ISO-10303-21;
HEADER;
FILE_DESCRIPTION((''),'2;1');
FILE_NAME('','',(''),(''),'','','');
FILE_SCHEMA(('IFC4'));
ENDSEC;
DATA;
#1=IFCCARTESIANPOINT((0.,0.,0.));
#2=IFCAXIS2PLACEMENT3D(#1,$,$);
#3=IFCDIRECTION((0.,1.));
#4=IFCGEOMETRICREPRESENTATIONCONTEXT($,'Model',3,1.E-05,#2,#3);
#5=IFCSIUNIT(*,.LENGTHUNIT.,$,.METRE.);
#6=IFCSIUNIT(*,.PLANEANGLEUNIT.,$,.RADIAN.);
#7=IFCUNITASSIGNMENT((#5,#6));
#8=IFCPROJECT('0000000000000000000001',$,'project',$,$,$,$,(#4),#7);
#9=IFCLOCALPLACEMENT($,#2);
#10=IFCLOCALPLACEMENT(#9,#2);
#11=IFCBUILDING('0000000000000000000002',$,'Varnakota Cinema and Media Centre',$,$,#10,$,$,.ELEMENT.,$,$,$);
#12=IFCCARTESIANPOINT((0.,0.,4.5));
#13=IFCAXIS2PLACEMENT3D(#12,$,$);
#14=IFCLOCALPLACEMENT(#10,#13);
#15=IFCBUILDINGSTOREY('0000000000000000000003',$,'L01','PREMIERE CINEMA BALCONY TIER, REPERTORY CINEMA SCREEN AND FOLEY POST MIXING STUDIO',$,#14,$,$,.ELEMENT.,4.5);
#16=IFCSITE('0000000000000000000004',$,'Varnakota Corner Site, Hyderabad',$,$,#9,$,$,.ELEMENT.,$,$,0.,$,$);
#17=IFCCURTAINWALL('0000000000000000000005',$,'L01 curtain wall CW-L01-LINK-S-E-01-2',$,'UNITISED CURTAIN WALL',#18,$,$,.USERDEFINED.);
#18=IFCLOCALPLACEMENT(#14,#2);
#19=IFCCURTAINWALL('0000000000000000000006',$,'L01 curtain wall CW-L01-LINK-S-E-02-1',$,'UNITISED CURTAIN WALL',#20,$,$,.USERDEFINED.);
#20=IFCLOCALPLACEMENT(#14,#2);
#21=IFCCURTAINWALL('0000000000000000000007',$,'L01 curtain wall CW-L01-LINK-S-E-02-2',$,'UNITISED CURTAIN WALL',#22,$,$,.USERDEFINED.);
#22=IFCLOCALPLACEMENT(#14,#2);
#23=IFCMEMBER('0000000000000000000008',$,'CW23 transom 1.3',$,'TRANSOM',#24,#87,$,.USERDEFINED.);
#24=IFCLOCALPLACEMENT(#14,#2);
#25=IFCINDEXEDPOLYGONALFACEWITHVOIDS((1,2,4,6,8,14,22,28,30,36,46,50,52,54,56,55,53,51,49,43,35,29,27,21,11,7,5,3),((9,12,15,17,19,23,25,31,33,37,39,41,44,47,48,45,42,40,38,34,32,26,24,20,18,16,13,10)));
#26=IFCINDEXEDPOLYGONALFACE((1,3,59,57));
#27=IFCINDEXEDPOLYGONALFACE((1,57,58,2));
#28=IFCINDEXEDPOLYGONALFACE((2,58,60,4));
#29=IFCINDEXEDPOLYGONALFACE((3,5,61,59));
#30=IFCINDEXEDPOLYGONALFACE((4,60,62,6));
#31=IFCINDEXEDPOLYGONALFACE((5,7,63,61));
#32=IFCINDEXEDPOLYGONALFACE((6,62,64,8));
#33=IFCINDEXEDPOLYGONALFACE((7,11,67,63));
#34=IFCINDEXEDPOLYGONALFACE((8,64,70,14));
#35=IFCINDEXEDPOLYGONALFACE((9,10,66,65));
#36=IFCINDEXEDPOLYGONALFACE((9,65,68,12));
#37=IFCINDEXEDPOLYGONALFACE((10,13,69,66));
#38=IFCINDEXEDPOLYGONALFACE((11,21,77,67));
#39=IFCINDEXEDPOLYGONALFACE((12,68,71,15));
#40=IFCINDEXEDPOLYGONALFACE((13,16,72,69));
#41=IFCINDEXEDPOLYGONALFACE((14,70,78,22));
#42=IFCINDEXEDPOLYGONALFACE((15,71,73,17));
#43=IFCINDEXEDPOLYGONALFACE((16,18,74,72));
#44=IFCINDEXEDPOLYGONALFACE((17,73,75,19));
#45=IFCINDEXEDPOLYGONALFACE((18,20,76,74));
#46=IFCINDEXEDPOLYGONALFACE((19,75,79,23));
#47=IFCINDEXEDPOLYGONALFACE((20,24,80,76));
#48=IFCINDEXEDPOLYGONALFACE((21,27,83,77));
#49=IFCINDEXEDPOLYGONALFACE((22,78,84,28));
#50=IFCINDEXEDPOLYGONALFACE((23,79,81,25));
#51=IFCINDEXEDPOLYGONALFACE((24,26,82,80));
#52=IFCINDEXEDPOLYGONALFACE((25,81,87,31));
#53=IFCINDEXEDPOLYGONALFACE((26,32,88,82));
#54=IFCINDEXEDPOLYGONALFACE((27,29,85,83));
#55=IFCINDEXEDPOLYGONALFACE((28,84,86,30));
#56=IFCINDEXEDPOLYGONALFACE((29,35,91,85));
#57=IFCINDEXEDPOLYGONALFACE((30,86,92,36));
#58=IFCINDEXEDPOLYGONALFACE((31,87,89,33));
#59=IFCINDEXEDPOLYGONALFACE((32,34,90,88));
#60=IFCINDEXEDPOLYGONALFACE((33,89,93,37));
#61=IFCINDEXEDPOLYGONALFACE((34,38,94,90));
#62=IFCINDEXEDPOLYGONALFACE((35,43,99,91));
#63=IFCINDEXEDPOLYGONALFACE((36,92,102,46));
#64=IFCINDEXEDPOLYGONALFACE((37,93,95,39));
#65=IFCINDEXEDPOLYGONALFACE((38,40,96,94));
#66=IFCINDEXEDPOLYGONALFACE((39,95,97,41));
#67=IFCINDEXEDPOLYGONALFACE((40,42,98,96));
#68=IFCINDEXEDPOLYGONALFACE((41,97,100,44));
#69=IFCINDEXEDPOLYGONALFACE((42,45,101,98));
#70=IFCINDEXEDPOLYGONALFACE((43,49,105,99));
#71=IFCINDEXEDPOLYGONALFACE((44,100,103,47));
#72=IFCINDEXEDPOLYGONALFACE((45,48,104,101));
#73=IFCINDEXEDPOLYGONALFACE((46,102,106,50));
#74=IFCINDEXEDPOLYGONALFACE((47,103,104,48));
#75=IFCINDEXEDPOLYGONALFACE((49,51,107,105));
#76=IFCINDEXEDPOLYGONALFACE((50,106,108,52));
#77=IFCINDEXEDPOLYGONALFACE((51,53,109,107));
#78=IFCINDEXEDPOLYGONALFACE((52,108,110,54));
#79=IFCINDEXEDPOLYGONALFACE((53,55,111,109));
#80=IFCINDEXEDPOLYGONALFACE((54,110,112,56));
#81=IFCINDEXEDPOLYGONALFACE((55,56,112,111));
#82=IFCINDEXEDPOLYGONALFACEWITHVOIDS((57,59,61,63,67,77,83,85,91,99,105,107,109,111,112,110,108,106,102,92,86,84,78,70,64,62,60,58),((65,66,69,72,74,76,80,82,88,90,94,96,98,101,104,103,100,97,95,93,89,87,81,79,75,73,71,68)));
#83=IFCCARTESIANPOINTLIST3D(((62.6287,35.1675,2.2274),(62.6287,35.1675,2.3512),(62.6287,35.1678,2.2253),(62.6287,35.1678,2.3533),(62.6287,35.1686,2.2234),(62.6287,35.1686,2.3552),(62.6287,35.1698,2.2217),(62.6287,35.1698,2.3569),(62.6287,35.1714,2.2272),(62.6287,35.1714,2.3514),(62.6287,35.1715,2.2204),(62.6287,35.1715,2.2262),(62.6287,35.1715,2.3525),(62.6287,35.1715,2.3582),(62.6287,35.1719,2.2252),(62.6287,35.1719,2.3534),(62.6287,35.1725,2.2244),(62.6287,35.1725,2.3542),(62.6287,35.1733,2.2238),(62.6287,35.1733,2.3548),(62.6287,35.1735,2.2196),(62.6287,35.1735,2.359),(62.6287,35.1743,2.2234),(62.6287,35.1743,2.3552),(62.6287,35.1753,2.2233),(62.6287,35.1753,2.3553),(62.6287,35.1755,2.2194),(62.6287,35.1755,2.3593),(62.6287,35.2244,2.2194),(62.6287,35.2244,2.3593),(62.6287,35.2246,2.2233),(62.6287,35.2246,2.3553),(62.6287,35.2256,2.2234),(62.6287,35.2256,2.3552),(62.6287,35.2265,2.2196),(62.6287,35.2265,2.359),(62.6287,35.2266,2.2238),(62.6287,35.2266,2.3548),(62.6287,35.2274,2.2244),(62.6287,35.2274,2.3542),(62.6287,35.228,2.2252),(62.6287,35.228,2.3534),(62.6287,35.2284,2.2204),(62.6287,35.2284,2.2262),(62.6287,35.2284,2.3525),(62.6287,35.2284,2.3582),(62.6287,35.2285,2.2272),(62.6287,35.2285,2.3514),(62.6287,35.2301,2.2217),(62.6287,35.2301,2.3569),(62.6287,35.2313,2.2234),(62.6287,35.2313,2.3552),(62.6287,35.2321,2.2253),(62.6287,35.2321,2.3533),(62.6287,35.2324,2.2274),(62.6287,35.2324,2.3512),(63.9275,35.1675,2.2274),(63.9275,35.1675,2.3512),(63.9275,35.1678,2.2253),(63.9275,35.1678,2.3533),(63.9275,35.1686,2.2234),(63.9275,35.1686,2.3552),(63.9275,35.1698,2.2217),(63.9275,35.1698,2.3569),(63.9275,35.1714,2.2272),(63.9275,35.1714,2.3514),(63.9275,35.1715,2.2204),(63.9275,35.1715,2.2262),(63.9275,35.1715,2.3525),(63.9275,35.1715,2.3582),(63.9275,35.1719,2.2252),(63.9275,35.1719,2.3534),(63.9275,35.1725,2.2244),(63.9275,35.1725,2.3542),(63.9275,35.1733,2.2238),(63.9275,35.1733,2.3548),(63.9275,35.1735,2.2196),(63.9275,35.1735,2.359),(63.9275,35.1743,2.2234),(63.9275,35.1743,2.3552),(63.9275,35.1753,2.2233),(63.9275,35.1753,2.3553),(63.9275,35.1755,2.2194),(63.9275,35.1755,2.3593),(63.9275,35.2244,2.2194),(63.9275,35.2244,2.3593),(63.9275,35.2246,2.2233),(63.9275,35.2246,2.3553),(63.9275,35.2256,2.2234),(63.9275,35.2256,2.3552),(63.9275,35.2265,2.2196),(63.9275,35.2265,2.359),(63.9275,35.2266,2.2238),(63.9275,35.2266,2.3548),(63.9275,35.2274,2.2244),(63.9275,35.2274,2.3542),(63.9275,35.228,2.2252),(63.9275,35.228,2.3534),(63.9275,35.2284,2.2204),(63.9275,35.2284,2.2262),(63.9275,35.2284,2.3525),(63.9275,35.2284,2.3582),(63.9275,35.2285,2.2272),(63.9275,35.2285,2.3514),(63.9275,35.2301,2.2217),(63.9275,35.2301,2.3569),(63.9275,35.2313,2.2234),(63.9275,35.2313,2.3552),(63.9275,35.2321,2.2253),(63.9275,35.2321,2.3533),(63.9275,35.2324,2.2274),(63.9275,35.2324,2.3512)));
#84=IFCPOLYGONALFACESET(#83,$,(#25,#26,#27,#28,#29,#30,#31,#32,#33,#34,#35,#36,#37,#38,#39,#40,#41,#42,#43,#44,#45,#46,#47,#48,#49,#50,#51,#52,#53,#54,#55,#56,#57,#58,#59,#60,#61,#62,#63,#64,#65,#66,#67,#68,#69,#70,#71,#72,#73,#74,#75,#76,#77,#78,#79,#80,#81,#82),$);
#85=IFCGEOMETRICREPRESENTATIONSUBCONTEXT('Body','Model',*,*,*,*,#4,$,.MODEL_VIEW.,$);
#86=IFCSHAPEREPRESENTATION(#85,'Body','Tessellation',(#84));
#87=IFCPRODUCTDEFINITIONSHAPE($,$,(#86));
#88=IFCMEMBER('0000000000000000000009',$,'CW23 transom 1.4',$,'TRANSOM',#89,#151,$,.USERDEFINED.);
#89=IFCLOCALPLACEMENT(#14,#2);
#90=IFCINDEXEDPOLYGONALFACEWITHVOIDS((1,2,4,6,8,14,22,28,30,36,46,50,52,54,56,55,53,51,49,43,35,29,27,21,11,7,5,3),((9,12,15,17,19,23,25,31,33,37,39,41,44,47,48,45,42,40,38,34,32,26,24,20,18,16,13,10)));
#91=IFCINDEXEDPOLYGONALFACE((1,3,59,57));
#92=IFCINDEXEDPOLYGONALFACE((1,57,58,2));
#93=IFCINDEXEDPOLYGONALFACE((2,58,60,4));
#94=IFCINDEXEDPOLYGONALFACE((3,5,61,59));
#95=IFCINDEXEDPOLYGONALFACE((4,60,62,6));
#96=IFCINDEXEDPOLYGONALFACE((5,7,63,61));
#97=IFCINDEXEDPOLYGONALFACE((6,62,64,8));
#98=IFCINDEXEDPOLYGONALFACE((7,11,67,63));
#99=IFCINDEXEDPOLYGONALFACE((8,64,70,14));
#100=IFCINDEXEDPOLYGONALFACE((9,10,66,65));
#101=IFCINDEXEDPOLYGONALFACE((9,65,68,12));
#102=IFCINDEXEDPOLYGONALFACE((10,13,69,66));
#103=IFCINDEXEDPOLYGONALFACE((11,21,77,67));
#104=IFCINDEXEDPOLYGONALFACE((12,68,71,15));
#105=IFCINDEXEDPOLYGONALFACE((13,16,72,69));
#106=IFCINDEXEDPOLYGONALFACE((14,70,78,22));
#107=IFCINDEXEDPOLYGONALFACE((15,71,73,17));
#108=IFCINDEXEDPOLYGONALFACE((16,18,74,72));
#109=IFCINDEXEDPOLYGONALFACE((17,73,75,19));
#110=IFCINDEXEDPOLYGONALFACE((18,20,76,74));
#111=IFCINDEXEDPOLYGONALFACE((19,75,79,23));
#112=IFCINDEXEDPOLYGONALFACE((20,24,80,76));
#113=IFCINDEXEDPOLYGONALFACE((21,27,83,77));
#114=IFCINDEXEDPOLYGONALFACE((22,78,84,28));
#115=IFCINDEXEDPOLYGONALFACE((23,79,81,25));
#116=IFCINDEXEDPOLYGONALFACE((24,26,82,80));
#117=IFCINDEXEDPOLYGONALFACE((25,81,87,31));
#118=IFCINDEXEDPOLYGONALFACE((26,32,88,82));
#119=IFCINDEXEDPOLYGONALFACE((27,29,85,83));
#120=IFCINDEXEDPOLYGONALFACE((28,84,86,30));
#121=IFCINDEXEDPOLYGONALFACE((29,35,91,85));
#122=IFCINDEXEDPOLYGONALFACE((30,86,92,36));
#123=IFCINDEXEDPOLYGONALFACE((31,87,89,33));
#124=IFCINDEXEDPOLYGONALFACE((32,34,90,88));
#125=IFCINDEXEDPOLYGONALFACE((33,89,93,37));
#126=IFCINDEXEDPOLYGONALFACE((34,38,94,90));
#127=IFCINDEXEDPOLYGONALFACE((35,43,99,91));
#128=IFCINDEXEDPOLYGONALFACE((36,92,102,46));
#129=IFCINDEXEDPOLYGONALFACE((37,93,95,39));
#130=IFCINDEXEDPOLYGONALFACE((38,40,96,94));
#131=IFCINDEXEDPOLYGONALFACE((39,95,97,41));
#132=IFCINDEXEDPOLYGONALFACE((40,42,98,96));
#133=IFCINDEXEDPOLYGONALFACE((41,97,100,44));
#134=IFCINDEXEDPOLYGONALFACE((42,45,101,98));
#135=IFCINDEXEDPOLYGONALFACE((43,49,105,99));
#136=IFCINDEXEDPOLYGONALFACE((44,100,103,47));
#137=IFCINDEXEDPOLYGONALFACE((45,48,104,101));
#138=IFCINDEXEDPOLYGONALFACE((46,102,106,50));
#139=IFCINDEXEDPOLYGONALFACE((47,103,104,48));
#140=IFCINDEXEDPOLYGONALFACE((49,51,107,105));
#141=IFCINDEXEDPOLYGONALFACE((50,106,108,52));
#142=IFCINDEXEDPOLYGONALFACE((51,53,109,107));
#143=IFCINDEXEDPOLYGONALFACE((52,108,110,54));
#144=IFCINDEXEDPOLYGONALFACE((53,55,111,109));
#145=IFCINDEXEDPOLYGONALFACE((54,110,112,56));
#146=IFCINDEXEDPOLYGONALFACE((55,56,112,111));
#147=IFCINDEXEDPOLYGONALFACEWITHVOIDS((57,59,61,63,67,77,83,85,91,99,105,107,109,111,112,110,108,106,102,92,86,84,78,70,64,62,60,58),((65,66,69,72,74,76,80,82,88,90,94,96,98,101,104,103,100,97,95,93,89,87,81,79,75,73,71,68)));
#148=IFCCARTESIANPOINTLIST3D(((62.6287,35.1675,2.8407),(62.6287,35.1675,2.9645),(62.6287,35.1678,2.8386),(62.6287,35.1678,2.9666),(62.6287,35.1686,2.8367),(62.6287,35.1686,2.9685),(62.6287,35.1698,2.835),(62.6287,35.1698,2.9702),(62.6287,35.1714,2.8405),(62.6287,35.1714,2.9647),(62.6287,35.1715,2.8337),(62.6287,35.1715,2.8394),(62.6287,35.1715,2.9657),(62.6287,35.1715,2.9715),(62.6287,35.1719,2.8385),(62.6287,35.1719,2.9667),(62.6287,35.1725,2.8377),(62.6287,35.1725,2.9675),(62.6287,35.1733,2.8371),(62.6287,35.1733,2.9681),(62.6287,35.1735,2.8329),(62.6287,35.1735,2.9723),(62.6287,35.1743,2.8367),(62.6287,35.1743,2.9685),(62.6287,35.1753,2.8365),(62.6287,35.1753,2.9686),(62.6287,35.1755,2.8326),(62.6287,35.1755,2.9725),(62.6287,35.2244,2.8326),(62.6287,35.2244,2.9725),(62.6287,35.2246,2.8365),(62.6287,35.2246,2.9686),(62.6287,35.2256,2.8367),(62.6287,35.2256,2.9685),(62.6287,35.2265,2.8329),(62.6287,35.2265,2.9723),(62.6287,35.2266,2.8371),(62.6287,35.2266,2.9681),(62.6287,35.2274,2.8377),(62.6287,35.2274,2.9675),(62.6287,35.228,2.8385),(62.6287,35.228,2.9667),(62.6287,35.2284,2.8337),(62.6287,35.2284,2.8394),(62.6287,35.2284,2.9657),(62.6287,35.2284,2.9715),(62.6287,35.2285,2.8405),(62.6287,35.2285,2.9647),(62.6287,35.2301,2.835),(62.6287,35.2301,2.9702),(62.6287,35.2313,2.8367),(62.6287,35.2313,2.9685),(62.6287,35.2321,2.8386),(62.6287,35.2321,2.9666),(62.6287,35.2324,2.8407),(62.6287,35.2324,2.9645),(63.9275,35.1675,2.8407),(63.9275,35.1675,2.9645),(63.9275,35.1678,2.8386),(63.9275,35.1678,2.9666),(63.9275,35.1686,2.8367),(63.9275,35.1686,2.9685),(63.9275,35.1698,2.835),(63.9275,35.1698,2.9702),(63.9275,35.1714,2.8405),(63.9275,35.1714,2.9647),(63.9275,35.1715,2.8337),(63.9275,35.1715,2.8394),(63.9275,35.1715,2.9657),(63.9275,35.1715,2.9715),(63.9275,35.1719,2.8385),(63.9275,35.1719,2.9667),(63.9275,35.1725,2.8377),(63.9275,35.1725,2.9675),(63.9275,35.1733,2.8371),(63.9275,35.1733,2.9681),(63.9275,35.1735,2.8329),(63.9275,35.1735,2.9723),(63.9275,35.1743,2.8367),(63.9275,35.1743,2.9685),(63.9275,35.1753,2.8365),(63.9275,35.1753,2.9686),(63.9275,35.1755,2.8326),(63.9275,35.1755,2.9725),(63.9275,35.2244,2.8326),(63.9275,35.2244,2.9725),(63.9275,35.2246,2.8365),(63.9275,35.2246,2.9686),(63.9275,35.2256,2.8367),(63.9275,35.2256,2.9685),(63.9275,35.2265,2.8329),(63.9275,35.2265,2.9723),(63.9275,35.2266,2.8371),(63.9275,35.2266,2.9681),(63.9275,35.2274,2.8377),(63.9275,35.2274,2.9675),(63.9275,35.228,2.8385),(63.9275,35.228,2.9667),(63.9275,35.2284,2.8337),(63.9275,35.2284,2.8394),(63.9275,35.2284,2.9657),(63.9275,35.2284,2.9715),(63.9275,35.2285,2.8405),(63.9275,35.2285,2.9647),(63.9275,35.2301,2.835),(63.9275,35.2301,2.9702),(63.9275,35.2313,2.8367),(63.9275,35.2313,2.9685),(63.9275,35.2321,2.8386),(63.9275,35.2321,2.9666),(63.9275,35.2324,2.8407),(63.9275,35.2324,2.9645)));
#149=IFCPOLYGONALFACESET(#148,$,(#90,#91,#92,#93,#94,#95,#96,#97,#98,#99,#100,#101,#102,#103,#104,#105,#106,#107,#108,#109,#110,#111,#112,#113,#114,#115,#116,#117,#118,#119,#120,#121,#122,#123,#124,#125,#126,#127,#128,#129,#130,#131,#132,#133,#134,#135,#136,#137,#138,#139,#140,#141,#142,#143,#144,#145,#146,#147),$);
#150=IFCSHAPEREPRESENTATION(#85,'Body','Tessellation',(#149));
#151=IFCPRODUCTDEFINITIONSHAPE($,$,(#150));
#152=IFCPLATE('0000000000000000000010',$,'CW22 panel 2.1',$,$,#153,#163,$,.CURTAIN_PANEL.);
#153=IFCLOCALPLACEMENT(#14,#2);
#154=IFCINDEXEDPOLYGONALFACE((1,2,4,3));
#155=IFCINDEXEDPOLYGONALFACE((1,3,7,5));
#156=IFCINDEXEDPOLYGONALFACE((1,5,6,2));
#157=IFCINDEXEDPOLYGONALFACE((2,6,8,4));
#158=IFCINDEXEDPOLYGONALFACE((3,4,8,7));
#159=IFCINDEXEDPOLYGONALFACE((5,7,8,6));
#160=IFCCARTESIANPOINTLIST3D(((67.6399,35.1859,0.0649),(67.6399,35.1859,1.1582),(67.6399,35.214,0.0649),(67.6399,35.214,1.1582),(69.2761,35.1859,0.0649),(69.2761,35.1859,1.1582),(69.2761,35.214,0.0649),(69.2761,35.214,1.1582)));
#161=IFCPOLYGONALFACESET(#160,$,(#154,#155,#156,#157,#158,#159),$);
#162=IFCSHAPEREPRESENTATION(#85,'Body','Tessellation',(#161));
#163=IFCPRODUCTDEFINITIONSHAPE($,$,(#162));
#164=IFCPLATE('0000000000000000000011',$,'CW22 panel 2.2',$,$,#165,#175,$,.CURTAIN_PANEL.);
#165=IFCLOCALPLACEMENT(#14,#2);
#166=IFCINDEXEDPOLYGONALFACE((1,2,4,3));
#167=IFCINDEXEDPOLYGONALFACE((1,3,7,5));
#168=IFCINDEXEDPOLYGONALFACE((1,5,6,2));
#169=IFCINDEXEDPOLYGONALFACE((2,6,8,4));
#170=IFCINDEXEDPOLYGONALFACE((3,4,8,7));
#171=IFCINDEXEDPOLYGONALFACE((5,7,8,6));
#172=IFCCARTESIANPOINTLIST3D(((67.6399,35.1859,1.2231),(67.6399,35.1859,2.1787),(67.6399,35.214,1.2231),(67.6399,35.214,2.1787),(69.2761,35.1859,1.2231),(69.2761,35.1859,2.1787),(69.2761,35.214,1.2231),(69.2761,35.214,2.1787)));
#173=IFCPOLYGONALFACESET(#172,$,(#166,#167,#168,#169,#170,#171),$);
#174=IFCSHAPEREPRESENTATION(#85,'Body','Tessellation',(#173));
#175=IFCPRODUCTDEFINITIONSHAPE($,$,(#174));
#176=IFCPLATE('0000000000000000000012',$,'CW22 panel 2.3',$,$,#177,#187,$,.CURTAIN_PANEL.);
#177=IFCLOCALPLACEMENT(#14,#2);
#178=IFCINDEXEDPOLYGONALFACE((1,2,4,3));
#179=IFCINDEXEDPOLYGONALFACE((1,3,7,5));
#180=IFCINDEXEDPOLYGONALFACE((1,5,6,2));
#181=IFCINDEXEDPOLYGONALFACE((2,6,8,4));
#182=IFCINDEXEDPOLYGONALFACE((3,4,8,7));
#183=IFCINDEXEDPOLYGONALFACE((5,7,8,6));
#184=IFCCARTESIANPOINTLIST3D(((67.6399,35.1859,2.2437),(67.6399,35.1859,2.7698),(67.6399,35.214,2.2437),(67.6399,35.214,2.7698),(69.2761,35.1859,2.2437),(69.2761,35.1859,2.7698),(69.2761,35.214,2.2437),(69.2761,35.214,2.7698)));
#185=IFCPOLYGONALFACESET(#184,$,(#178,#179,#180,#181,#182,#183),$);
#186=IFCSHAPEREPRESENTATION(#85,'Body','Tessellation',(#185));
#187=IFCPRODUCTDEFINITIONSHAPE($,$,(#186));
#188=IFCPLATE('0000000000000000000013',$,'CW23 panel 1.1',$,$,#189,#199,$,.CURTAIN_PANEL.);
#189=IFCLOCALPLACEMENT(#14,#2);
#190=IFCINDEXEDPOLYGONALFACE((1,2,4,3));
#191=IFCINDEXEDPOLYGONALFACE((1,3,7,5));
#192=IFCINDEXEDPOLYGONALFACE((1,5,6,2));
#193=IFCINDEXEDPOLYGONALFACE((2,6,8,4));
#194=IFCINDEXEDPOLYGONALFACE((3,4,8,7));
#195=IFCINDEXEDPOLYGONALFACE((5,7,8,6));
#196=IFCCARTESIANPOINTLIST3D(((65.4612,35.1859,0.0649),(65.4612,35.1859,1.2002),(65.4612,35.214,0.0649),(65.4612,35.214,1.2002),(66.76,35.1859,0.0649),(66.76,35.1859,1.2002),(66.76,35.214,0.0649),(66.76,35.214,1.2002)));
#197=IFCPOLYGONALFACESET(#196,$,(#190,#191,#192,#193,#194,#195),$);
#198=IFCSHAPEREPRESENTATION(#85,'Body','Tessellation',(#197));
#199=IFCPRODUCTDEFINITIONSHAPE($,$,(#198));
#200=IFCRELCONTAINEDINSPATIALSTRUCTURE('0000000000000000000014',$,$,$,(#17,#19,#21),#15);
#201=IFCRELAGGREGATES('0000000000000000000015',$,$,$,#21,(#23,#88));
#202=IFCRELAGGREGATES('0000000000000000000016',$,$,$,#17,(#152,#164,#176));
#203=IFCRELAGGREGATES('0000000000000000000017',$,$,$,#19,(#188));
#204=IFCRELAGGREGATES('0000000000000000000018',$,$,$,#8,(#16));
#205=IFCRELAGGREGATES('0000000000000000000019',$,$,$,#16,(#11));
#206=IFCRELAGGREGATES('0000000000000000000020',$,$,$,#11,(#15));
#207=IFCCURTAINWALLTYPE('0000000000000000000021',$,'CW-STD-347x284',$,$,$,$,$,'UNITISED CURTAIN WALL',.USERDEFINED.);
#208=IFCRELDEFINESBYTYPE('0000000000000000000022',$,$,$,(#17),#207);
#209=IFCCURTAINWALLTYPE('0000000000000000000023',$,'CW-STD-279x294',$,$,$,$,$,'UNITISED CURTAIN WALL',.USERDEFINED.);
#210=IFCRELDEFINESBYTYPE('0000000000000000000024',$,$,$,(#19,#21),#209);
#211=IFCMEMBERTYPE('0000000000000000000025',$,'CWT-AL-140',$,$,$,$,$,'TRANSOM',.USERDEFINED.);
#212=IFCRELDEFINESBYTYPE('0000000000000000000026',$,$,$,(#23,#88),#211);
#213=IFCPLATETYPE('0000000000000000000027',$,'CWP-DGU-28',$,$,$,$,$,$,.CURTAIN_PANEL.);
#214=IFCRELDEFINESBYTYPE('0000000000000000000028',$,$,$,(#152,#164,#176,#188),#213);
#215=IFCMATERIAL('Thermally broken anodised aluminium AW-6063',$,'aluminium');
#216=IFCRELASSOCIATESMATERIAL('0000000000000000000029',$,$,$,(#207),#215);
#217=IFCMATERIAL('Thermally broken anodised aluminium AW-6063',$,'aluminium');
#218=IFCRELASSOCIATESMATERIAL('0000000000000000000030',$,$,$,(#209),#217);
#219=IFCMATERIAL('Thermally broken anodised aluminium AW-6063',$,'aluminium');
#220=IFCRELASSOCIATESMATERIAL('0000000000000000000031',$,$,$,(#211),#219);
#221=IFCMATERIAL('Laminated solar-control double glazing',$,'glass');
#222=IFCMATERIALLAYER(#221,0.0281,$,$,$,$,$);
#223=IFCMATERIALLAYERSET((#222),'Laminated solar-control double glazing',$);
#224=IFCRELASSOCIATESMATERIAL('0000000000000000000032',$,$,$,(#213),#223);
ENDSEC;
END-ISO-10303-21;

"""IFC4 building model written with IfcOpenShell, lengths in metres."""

from ifc_helpers import new_model, si_unit, direction, frame, origin, origin_2d, place, context, subcontext, project, spatial, rectangle, hollow_rectangle, extrude, material, layer, layer_set, material_profile, profile_set, type_object, element, aggregate, save


model = new_model("IFC4")

# Units and contexts
model_context = context("Model", 3, precision=1e-05, world=origin(), true_north=direction((0.0, 1.0)))
body_context = subcontext(model_context, "Body", "Model", "MODEL_VIEW")
ifc_project = project(units=[si_unit("LENGTHUNIT", "METRE"), si_unit("PLANEANGLEUNIT", "RADIAN")], contexts=[model_context])

# Site, building, storey
site_placement = place(None, origin())
site = spatial("IfcSite", under=ifc_project, at=site_placement, Name="Varnakota Corner Site, Hyderabad", CompositionType="ELEMENT", RefElevation=0.0)
building_placement = place(site_placement, origin())
building = spatial("IfcBuilding", under=site, at=building_placement, Name="Varnakota Cinema and Media Centre", CompositionType="ELEMENT")
storey_placement = place(building_placement, frame((0.0, 0.0, 4.5)))
storey = spatial("IfcBuildingStorey", under=building, at=storey_placement, Name="L01", Description="PREMIERE CINEMA BALCONY TIER, REPERTORY CINEMA SCREEN AND FOLEY POST MIXING STUDIO", CompositionType="ELEMENT", Elevation=4.5)

# Curtain wall
ifc_material_1 = material(Name="Thermally broken anodised aluminium AW-6063", Category="aluminium")
curtain_wall_type_1 = type_object("IfcCurtainWallType", Name="CW-STD-347x284", ElementType="UNITISED CURTAIN WALL", PredefinedType="USERDEFINED", material=ifc_material_1)
curtain_wall_1_placement = place(storey_placement, origin())
curtain_wall_1 = element("IfcCurtainWall", 1, at=curtain_wall_1_placement, inside=storey, type_object=curtain_wall_type_1, Name="L01 curtain wall CW-L01-LINK-S-E-01-2", ObjectType="UNITISED CURTAIN WALL", PredefinedType="USERDEFINED")

# Curtain wall
ifc_material_2 = material(Name="Thermally broken anodised aluminium AW-6063", Category="aluminium")
curtain_wall_type_2 = type_object("IfcCurtainWallType", Name="CW-STD-279x294", ElementType="UNITISED CURTAIN WALL", PredefinedType="USERDEFINED", material=ifc_material_2)
curtain_wall_2_placement = place(storey_placement, origin())
curtain_wall_2 = element("IfcCurtainWall", 2, at=curtain_wall_2_placement, inside=storey, type_object=curtain_wall_type_2, Name="L01 curtain wall CW-L01-LINK-S-E-02-1", ObjectType="UNITISED CURTAIN WALL", PredefinedType="USERDEFINED")

# Curtain wall
curtain_wall_3_placement = place(storey_placement, origin())
curtain_wall_3 = element("IfcCurtainWall", 3, at=curtain_wall_3_placement, inside=storey, type_object=curtain_wall_type_2, Name="L01 curtain wall CW-L01-LINK-S-E-02-2", ObjectType="UNITISED CURTAIN WALL", PredefinedType="USERDEFINED")

# Members
ifc_material_3 = material(Name="Thermally broken anodised aluminium AW-6063", Category="aluminium")
ifc_material_profile_1 = material_profile(ifc_material_3, hollow_rectangle(XDim=0.0649, YDim=0.1399, WallThickness=0.0039, InnerFilletRadius=0.0039, OuterFilletRadius=0.0081, at=origin_2d()), Name="AL-TRANSOM 140x65x4")
ifc_profile_set_1 = profile_set([ifc_material_profile_1], Name="Thermally broken anodised aluminium AW-6063")
member_type_1 = type_object("IfcMemberType", Name="CWT-AL-140", ElementType="TRANSOM", PredefinedType="USERDEFINED", material=ifc_profile_set_1)
member_1_placement = place(storey_placement, frame((63.9275, 35.2, 2.2893), z_axis=(-1.0, 0.0, 0.0), x_axis=(0.0, -1.0, 0.0)))
member_1 = element("IfcMember", 4, at=member_1_placement, type_object=member_type_1, Name="CW23 transom 1.3", ObjectType="TRANSOM", PredefinedType="USERDEFINED", context=body_context, shape_type="SweptSolid", body=[
    extrude(hollow_rectangle(XDim=0.0649, YDim=0.1399, WallThickness=0.0039, InnerFilletRadius=0.0039, OuterFilletRadius=0.0081, at=origin_2d()), origin(), (0.0, 0.0, 1.0), 1.2988),
])
member_2_placement = place(storey_placement, frame((63.9275, 35.2, 2.9026), z_axis=(-1.0, 0.0, 0.0), x_axis=(0.0, -1.0, 0.0)))
member_2 = element("IfcMember", 5, at=member_2_placement, type_object=member_type_1, Name="CW23 transom 1.4", ObjectType="TRANSOM", PredefinedType="USERDEFINED", context=body_context, shape_type="SweptSolid", body=[
    extrude(hollow_rectangle(XDim=0.0649, YDim=0.1399, WallThickness=0.0039, InnerFilletRadius=0.0039, OuterFilletRadius=0.0081, at=origin_2d()), origin(), (0.0, 0.0, 1.0), 1.2988),
])
aggregate(curtain_wall_3, [member_1, member_2])

# Plates
ifc_material_4 = material(Name="Laminated solar-control double glazing", Category="glass")
ifc_layer = layer(ifc_material_4, 0.0281)
ifc_layer_set = layer_set([ifc_layer], Name="Laminated solar-control double glazing")
plate_type = type_object("IfcPlateType", Name="CWP-DGU-28", PredefinedType="CURTAIN_PANEL", material=ifc_layer_set)
plate_1_placement = place(storey_placement, frame((68.458, 35.2, 0.0649), z_axis=(0.0, 0.0, 1.0), x_axis=(-1.0, 0.0, 0.0)))
plate_1 = element("IfcPlate", 6, at=plate_1_placement, type_object=plate_type, Name="CW22 panel 2.1", PredefinedType="CURTAIN_PANEL", context=body_context, shape_type="SweptSolid", body=[
    extrude(rectangle(XDim=1.6362, YDim=0.0281, at=origin_2d()), origin(), (0.0, 0.0, 1.0), 1.0933),
])
plate_2_placement = place(storey_placement, frame((68.458, 35.2, 1.2231), z_axis=(0.0, 0.0, 1.0), x_axis=(-1.0, 0.0, 0.0)))
plate_2 = element("IfcPlate", 7, at=plate_2_placement, type_object=plate_type, Name="CW22 panel 2.2", PredefinedType="CURTAIN_PANEL", context=body_context, shape_type="SweptSolid", body=[
    extrude(rectangle(XDim=1.6362, YDim=0.0281, at=origin_2d()), origin(), (0.0, 0.0, 1.0), 0.9556),
])
plate_3_placement = place(storey_placement, frame((68.458, 35.2, 2.2437), z_axis=(0.0, 0.0, 1.0), x_axis=(-1.0, 0.0, 0.0)))
plate_3 = element("IfcPlate", 8, at=plate_3_placement, type_object=plate_type, Name="CW22 panel 2.3", PredefinedType="CURTAIN_PANEL", context=body_context, shape_type="SweptSolid", body=[
    extrude(rectangle(XDim=1.6362, YDim=0.0281, at=origin_2d()), origin(), (0.0, 0.0, 1.0), 0.5261),
])
aggregate(curtain_wall_1, [plate_1, plate_2, plate_3])
plate_4_placement = place(storey_placement, frame((66.1106, 35.2, 0.0649), z_axis=(0.0, 0.0, 1.0), x_axis=(-1.0, 0.0, 0.0)))
plate_4 = element("IfcPlate", 9, at=plate_4_placement, type_object=plate_type, Name="CW23 panel 1.1", PredefinedType="CURTAIN_PANEL", context=body_context, shape_type="SweptSolid", body=[
    extrude(rectangle(XDim=1.2988, YDim=0.0281, at=origin_2d()), origin(), (0.0, 0.0, 1.0), 1.1353),
])
aggregate(curtain_wall_2, [plate_4])

save(model, "model.ifc")
